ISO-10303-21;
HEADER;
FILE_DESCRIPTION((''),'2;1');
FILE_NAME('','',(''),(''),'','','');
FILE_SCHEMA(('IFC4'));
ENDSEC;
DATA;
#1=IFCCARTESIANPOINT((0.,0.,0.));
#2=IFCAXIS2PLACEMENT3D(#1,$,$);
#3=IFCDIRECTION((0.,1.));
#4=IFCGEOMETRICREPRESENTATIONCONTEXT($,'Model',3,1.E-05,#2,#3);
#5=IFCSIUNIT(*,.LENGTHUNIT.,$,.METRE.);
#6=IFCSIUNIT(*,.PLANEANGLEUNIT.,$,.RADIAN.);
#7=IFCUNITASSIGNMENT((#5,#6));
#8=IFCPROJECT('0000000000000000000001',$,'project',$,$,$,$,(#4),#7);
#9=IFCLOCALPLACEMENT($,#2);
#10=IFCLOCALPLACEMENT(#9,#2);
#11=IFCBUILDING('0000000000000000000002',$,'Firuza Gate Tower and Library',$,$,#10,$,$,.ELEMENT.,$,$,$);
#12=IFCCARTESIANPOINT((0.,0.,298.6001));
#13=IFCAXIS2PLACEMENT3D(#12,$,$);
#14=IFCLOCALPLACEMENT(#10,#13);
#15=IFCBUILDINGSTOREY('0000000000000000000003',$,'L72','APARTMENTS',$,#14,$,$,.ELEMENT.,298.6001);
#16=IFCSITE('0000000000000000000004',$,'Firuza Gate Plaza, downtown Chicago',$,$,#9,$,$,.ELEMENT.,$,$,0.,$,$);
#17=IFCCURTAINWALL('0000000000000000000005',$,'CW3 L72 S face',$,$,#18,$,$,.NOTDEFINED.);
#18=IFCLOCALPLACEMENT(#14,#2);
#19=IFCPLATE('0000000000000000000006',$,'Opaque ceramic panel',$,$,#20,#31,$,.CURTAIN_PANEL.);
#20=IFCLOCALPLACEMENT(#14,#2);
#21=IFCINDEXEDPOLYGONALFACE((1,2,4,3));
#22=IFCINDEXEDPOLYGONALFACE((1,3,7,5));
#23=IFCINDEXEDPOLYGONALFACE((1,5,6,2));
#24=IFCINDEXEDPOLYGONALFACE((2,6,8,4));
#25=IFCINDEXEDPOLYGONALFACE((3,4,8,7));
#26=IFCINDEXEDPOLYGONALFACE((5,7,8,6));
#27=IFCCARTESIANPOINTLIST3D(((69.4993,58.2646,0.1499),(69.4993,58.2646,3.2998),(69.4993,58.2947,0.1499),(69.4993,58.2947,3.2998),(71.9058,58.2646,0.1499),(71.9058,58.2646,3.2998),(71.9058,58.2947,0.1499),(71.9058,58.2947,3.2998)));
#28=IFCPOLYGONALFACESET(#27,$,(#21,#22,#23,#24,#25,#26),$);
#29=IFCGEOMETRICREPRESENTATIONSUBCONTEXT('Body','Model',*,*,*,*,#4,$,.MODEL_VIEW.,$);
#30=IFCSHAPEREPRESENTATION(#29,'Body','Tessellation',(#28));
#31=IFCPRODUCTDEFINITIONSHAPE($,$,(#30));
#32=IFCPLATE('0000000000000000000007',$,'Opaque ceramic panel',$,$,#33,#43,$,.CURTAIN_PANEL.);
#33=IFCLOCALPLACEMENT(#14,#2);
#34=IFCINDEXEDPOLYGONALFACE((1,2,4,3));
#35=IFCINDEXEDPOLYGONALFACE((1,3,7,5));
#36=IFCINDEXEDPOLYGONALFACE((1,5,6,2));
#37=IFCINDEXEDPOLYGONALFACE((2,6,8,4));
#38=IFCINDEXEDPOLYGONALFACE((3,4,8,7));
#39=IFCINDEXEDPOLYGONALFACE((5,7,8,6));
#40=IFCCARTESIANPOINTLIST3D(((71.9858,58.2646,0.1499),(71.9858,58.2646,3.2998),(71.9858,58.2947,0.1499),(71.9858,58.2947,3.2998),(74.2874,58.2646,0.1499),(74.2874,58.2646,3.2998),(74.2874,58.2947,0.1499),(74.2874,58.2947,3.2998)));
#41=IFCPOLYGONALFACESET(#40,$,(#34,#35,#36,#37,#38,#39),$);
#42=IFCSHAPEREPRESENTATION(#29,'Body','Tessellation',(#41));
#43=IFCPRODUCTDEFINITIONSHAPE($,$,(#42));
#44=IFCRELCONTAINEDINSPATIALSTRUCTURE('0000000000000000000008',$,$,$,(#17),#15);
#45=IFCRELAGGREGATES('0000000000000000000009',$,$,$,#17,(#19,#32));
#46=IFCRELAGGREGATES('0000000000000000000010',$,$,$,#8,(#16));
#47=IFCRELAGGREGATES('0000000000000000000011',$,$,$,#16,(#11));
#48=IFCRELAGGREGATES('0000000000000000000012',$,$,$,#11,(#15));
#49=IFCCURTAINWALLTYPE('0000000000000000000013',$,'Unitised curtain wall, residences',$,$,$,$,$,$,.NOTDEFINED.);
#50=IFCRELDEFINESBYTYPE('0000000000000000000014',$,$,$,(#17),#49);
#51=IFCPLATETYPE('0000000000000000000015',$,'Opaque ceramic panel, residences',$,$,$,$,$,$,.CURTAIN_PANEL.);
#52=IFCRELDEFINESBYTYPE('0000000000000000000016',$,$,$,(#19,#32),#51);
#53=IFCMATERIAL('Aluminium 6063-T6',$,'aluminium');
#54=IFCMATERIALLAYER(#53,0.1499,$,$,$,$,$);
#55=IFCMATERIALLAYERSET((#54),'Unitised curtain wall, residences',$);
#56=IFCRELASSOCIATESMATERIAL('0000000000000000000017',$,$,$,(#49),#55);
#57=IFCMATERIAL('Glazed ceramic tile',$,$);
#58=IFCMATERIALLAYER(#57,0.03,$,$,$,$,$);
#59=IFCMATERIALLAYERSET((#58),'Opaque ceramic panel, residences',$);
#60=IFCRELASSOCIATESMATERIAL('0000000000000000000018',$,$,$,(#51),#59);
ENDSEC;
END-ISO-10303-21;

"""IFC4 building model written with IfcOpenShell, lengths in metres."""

from ifc_helpers import new_model, si_unit, direction, frame, origin, place, context, subcontext, project, spatial, polyline, outline, extrude, material, layer, layer_set, type_object, element, aggregate, save


model = new_model("IFC4")

# Units and contexts
model_context = context("Model", 3, precision=1e-05, world=origin(), true_north=direction((0.0, 1.0)))
body_context = subcontext(model_context, "Body", "Model", "MODEL_VIEW")
ifc_project = project(units=[si_unit("LENGTHUNIT", "METRE"), si_unit("PLANEANGLEUNIT", "RADIAN")], contexts=[model_context])

# Site, building, storey
site_placement = place(None, origin())
site = spatial("IfcSite", under=ifc_project, at=site_placement, Name="Firuza Gate Plaza, downtown Chicago", CompositionType="ELEMENT", RefElevation=0.0)
building_placement = place(site_placement, origin())
building = spatial("IfcBuilding", under=site, at=building_placement, Name="Firuza Gate Tower and Library", CompositionType="ELEMENT")
storey_placement = place(building_placement, frame((0.0, 0.0, 298.6001)))
storey = spatial("IfcBuildingStorey", under=building, at=storey_placement, Name="L72", Description="APARTMENTS", CompositionType="ELEMENT", Elevation=298.6001)

# Curtain wall
ifc_material_1 = material(Name="Aluminium 6063-T6", Category="aluminium")
ifc_layer_1 = layer(ifc_material_1, 0.1499)
ifc_layer_set_1 = layer_set([ifc_layer_1], Name="Unitised curtain wall, residences")
curtain_wall_type = type_object("IfcCurtainWallType", Name="Unitised curtain wall, residences", PredefinedType="NOTDEFINED", material=ifc_layer_set_1)
curtain_wall_placement = place(storey_placement, origin())
curtain_wall = element("IfcCurtainWall", 1, at=curtain_wall_placement, inside=storey, type_object=curtain_wall_type, Name="CW3 L72 S face", PredefinedType="NOTDEFINED")

# Plates
ifc_material_2 = material(Name="Glazed ceramic tile")
ifc_layer_2 = layer(ifc_material_2, 0.03)
ifc_layer_set_2 = layer_set([ifc_layer_2], Name="Opaque ceramic panel, residences")
plate_type_1 = type_object("IfcPlateType", Name="Opaque ceramic panel, residences", PredefinedType="CURTAIN_PANEL", material=ifc_layer_set_2)
plate_1_placement = place(storey_placement, frame((69.4993, 58.2646, 0.1499), z_axis=(0.0, -1.0, 0.0), x_axis=(1.0, 0.0, 0.0)))
plate_1 = element("IfcPlate", 2, at=plate_1_placement, type_object=plate_type_1, Name="Opaque ceramic panel", PredefinedType="CURTAIN_PANEL", context=body_context, shape_type="SweptSolid", body=[
    extrude(outline(polyline([(0.0, 0.0), (2.4065, 0.0), (2.4065, 3.1499), (0.0, 3.1499), (0.0, 0.0)])), origin(), (0.0, 0.0, -1.0), 0.03),
])
plate_2_placement = place(storey_placement, frame((71.9858, 58.2646, 0.1499), z_axis=(0.0, -1.0, 0.0), x_axis=(1.0, 0.0, 0.0)))
plate_2 = element("IfcPlate", 3, at=plate_2_placement, type_object=plate_type_1, Name="Opaque ceramic panel", PredefinedType="CURTAIN_PANEL", context=body_context, shape_type="SweptSolid", body=[
    extrude(outline(polyline([(0.0, 0.0), (2.3015, 0.0), (2.3015, 3.1499), (0.0, 3.1499), (0.0, 0.0)])), origin(), (0.0, 0.0, -1.0), 0.03),
])
aggregate(curtain_wall, [plate_1, plate_2])

save(model, "model.ifc")
